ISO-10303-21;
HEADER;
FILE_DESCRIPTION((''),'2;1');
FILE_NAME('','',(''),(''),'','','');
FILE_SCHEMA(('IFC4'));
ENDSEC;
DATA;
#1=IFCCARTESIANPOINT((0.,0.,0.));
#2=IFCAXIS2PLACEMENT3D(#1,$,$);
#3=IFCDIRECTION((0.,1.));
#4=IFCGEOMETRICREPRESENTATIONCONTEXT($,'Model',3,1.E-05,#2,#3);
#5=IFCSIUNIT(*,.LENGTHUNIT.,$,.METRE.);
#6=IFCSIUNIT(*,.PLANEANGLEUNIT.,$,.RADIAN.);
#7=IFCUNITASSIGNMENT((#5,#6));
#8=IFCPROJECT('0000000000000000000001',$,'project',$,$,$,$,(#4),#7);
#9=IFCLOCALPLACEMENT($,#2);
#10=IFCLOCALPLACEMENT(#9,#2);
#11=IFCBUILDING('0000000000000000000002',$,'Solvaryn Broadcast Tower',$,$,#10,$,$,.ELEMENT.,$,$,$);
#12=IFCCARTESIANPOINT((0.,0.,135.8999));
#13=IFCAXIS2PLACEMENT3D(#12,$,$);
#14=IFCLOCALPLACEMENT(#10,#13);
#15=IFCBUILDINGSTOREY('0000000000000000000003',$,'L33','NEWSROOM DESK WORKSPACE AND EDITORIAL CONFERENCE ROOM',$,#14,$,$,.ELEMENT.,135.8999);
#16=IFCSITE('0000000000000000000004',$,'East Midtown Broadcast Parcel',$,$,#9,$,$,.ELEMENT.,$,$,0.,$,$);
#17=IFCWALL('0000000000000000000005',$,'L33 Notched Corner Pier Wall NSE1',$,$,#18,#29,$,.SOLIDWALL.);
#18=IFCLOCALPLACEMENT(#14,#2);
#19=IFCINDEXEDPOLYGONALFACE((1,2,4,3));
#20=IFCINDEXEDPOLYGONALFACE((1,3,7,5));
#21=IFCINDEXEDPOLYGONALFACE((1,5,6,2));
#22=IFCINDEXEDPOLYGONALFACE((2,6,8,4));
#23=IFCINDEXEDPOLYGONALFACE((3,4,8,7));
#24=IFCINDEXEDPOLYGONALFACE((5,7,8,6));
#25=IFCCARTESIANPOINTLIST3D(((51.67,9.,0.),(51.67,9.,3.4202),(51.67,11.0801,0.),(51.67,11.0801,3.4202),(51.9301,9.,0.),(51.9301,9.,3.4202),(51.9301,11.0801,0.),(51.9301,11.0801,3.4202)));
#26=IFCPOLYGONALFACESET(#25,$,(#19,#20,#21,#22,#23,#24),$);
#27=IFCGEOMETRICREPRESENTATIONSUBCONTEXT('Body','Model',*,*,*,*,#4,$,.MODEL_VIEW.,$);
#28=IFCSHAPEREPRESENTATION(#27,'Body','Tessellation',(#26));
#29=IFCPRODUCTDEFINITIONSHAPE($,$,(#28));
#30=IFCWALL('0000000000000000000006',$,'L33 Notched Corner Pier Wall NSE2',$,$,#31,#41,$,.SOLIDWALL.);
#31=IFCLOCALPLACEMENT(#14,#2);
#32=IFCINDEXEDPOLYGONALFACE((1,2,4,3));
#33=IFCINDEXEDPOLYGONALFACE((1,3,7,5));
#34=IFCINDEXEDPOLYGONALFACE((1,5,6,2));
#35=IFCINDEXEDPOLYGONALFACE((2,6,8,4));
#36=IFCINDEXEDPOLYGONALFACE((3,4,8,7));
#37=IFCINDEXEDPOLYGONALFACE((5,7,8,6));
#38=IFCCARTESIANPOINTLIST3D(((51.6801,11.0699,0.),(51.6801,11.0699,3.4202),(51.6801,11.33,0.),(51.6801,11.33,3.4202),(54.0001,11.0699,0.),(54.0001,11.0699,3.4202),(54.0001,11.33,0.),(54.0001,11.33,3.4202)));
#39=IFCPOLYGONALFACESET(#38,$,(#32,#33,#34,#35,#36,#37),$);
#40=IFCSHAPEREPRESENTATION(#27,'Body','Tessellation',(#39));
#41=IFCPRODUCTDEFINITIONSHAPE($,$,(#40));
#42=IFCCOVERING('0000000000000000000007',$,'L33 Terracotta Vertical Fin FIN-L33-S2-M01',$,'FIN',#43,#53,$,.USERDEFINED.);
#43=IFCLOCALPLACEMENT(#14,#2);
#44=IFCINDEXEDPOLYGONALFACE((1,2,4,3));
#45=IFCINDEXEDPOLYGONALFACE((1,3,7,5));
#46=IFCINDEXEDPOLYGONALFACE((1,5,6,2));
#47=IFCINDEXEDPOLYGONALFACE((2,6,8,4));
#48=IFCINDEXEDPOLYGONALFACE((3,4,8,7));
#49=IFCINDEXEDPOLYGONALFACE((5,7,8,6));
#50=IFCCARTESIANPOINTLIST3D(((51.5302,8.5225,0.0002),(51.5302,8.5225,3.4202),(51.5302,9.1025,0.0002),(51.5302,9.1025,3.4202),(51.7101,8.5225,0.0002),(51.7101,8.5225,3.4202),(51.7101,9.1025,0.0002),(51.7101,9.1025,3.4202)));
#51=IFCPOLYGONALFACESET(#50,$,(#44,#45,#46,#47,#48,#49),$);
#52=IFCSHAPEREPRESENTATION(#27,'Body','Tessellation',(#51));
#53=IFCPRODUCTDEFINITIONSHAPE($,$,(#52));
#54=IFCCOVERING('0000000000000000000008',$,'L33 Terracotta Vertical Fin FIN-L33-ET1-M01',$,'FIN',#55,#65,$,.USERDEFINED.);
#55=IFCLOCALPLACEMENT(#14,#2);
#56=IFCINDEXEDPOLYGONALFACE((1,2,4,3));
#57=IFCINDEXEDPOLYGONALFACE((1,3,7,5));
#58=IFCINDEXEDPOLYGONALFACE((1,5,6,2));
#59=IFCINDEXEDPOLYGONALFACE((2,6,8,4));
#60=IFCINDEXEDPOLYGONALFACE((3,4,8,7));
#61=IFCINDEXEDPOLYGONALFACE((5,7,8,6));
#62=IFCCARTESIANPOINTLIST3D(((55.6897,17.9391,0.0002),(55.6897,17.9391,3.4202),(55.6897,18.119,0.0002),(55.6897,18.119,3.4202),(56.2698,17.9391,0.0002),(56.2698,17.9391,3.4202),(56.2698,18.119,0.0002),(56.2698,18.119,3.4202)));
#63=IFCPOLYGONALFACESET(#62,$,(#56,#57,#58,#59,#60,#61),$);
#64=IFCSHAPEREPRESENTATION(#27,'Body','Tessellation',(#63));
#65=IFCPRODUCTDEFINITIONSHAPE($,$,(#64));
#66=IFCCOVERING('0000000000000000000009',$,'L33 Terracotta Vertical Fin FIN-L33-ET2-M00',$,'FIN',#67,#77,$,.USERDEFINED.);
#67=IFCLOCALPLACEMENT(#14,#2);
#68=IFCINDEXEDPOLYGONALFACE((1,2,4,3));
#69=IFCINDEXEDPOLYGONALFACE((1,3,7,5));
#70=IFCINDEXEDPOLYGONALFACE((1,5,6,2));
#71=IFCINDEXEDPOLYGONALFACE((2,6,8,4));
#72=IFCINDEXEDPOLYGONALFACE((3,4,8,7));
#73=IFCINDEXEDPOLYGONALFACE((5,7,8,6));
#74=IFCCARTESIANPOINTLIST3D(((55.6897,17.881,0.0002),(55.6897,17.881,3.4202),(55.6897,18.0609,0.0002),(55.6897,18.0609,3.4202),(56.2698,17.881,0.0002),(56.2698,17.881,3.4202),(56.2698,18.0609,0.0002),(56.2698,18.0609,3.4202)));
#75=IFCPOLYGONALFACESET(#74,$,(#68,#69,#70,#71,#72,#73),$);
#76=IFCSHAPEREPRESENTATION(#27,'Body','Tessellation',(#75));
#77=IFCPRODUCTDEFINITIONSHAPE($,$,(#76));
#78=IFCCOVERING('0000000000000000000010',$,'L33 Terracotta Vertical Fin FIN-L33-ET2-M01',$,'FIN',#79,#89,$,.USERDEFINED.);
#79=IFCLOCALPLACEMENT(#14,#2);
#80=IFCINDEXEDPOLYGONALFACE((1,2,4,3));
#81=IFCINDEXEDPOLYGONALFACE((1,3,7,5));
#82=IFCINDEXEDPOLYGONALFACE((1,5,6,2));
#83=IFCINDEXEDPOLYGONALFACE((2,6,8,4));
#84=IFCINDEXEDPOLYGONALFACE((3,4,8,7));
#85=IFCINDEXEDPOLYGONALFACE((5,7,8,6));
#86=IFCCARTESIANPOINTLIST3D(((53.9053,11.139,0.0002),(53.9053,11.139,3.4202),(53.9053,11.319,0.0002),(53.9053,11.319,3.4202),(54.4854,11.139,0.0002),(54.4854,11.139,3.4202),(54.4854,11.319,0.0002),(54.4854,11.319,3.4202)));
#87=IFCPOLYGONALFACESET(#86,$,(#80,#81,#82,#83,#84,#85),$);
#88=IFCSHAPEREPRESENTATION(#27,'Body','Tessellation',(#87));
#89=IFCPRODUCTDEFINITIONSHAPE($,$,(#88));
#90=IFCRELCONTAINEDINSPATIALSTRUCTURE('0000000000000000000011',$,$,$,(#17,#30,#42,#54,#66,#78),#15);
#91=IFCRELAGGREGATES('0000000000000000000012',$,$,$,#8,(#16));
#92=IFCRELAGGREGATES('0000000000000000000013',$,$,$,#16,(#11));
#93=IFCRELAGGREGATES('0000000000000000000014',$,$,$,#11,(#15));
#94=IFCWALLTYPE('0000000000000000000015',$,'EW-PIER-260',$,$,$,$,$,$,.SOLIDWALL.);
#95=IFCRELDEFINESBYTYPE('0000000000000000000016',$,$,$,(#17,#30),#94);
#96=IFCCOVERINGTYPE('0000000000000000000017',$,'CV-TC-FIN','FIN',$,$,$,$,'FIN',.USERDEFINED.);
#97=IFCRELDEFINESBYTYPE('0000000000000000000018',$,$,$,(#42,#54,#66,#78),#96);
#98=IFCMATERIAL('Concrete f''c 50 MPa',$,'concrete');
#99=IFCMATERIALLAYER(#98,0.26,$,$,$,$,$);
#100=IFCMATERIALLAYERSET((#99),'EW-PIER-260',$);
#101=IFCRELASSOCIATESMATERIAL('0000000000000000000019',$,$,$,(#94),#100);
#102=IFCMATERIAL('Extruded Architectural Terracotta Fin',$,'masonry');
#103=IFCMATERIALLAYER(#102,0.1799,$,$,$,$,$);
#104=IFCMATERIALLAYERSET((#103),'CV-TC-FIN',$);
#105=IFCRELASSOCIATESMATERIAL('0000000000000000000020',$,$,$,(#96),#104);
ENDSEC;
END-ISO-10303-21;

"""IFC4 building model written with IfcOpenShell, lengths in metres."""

from ifc_helpers import new_model, si_unit, direction, frame, frame_2d, origin, origin_2d, place, context, subcontext, project, spatial, rectangle, extrude, material, layer, layer_set, type_object, element, save


model = new_model("IFC4")

# Units and contexts
model_context = context("Model", 3, precision=1e-05, world=origin(), true_north=direction((0.0, 1.0)))
body_context = subcontext(model_context, "Body", "Model", "MODEL_VIEW")
ifc_project = project(units=[si_unit("LENGTHUNIT", "METRE"), si_unit("PLANEANGLEUNIT", "RADIAN")], contexts=[model_context])

# Site, building, storey
site_placement = place(None, origin())
site = spatial("IfcSite", under=ifc_project, at=site_placement, Name="East Midtown Broadcast Parcel", CompositionType="ELEMENT", RefElevation=0.0)
building_placement = place(site_placement, origin())
building = spatial("IfcBuilding", under=site, at=building_placement, Name="Solvaryn Broadcast Tower", CompositionType="ELEMENT")
storey_placement = place(building_placement, frame((0.0, 0.0, 135.8999)))
storey = spatial("IfcBuildingStorey", under=building, at=storey_placement, Name="L33", Description="NEWSROOM DESK WORKSPACE AND EDITORIAL CONFERENCE ROOM", CompositionType="ELEMENT", Elevation=135.8999)

# Walls
ifc_material_1 = material(Name="Concrete f'c 50 MPa", Category="concrete")
ifc_layer_1 = layer(ifc_material_1, 0.26)
ifc_layer_set_1 = layer_set([ifc_layer_1], Name="EW-PIER-260")
wall_type = type_object("IfcWallType", Name="EW-PIER-260", PredefinedType="SOLIDWALL", material=ifc_layer_set_1)
wall_1_placement = place(storey_placement, frame((51.8, 9.0, 0.0), z_axis=(0.0, 0.0, 1.0), x_axis=(0.0, 1.0, 0.0)))
element("IfcWall", 1, at=wall_1_placement, inside=storey, type_object=wall_type, Name="L33 Notched Corner Pier Wall NSE1", PredefinedType="SOLIDWALL", context=body_context, shape_type="SweptSolid", body=[
    extrude(rectangle(XDim=2.0801, YDim=0.26, at=frame_2d((1.04, 0.0))), origin(), (0.0, 0.0, 1.0), 3.4202),
])
wall_2_placement = place(storey_placement, frame((51.6799, 11.2, 0.0), z_axis=(0.0, 0.0, 1.0), x_axis=(1.0, 0.0, 0.0)))
element("IfcWall", 2, at=wall_2_placement, inside=storey, type_object=wall_type, Name="L33 Notched Corner Pier Wall NSE2", PredefinedType="SOLIDWALL", context=body_context, shape_type="SweptSolid", body=[
    extrude(rectangle(XDim=2.3201, YDim=0.26, at=frame_2d((1.1602, 0.0))), origin(), (0.0, 0.0, 1.0), 3.4202),
])

# Coverings
ifc_material_2 = material(Name="Extruded Architectural Terracotta Fin", Category="masonry")
ifc_layer_2 = layer(ifc_material_2, 0.1799)
ifc_layer_set_2 = layer_set([ifc_layer_2], Name="CV-TC-FIN")
covering_type = type_object("IfcCoveringType", Name="CV-TC-FIN", Description="FIN", ElementType="FIN", PredefinedType="USERDEFINED", material=ifc_layer_set_2)
covering_placement = place(storey_placement, frame((51.6201, 8.8125, 0.0002), z_axis=(0.0, 0.0, 1.0), x_axis=(1.0, 0.0, 0.0)))
element("IfcCovering", 3, at=covering_placement, inside=storey, type_object=covering_type, Name="L33 Terracotta Vertical Fin FIN-L33-S2-M01", ObjectType="FIN", PredefinedType="USERDEFINED", context=body_context, shape_type="SweptSolid", body=[
    extrude(rectangle(XDim=0.1799, YDim=0.5801, at=origin_2d()), origin(), (0.0, 0.0, 1.0), 3.4199),
])
for number, where, z_axis, x_axis, name in (
    (4, (55.9797, 18.0291, 0.0002), (0.0, 0.0, 1.0), (1.0, 0.0, 0.0), "L33 Terracotta Vertical Fin FIN-L33-ET1-M01"),
    (5, (55.9797, 17.9709, 0.0002), (0.0, 0.0, 1.0), (1.0, 0.0, 0.0), "L33 Terracotta Vertical Fin FIN-L33-ET2-M00"),
    (6, (54.1953, 11.229, 0.0002), (0.0, 0.0, 1.0), (1.0, 0.0, 0.0), "L33 Terracotta Vertical Fin FIN-L33-ET2-M01"),
):
    element("IfcCovering", number, at=place(storey_placement, frame(where, z_axis=z_axis, x_axis=x_axis)), inside=storey, type_object=covering_type, Name=name, ObjectType="FIN", PredefinedType="USERDEFINED", context=body_context, shape_type="SweptSolid", body=[
        extrude(rectangle(XDim=0.5801, YDim=0.1799, at=origin_2d()), origin(), (0.0, 0.0, 1.0), 3.4199),
    ])

save(model, "model.ifc")
